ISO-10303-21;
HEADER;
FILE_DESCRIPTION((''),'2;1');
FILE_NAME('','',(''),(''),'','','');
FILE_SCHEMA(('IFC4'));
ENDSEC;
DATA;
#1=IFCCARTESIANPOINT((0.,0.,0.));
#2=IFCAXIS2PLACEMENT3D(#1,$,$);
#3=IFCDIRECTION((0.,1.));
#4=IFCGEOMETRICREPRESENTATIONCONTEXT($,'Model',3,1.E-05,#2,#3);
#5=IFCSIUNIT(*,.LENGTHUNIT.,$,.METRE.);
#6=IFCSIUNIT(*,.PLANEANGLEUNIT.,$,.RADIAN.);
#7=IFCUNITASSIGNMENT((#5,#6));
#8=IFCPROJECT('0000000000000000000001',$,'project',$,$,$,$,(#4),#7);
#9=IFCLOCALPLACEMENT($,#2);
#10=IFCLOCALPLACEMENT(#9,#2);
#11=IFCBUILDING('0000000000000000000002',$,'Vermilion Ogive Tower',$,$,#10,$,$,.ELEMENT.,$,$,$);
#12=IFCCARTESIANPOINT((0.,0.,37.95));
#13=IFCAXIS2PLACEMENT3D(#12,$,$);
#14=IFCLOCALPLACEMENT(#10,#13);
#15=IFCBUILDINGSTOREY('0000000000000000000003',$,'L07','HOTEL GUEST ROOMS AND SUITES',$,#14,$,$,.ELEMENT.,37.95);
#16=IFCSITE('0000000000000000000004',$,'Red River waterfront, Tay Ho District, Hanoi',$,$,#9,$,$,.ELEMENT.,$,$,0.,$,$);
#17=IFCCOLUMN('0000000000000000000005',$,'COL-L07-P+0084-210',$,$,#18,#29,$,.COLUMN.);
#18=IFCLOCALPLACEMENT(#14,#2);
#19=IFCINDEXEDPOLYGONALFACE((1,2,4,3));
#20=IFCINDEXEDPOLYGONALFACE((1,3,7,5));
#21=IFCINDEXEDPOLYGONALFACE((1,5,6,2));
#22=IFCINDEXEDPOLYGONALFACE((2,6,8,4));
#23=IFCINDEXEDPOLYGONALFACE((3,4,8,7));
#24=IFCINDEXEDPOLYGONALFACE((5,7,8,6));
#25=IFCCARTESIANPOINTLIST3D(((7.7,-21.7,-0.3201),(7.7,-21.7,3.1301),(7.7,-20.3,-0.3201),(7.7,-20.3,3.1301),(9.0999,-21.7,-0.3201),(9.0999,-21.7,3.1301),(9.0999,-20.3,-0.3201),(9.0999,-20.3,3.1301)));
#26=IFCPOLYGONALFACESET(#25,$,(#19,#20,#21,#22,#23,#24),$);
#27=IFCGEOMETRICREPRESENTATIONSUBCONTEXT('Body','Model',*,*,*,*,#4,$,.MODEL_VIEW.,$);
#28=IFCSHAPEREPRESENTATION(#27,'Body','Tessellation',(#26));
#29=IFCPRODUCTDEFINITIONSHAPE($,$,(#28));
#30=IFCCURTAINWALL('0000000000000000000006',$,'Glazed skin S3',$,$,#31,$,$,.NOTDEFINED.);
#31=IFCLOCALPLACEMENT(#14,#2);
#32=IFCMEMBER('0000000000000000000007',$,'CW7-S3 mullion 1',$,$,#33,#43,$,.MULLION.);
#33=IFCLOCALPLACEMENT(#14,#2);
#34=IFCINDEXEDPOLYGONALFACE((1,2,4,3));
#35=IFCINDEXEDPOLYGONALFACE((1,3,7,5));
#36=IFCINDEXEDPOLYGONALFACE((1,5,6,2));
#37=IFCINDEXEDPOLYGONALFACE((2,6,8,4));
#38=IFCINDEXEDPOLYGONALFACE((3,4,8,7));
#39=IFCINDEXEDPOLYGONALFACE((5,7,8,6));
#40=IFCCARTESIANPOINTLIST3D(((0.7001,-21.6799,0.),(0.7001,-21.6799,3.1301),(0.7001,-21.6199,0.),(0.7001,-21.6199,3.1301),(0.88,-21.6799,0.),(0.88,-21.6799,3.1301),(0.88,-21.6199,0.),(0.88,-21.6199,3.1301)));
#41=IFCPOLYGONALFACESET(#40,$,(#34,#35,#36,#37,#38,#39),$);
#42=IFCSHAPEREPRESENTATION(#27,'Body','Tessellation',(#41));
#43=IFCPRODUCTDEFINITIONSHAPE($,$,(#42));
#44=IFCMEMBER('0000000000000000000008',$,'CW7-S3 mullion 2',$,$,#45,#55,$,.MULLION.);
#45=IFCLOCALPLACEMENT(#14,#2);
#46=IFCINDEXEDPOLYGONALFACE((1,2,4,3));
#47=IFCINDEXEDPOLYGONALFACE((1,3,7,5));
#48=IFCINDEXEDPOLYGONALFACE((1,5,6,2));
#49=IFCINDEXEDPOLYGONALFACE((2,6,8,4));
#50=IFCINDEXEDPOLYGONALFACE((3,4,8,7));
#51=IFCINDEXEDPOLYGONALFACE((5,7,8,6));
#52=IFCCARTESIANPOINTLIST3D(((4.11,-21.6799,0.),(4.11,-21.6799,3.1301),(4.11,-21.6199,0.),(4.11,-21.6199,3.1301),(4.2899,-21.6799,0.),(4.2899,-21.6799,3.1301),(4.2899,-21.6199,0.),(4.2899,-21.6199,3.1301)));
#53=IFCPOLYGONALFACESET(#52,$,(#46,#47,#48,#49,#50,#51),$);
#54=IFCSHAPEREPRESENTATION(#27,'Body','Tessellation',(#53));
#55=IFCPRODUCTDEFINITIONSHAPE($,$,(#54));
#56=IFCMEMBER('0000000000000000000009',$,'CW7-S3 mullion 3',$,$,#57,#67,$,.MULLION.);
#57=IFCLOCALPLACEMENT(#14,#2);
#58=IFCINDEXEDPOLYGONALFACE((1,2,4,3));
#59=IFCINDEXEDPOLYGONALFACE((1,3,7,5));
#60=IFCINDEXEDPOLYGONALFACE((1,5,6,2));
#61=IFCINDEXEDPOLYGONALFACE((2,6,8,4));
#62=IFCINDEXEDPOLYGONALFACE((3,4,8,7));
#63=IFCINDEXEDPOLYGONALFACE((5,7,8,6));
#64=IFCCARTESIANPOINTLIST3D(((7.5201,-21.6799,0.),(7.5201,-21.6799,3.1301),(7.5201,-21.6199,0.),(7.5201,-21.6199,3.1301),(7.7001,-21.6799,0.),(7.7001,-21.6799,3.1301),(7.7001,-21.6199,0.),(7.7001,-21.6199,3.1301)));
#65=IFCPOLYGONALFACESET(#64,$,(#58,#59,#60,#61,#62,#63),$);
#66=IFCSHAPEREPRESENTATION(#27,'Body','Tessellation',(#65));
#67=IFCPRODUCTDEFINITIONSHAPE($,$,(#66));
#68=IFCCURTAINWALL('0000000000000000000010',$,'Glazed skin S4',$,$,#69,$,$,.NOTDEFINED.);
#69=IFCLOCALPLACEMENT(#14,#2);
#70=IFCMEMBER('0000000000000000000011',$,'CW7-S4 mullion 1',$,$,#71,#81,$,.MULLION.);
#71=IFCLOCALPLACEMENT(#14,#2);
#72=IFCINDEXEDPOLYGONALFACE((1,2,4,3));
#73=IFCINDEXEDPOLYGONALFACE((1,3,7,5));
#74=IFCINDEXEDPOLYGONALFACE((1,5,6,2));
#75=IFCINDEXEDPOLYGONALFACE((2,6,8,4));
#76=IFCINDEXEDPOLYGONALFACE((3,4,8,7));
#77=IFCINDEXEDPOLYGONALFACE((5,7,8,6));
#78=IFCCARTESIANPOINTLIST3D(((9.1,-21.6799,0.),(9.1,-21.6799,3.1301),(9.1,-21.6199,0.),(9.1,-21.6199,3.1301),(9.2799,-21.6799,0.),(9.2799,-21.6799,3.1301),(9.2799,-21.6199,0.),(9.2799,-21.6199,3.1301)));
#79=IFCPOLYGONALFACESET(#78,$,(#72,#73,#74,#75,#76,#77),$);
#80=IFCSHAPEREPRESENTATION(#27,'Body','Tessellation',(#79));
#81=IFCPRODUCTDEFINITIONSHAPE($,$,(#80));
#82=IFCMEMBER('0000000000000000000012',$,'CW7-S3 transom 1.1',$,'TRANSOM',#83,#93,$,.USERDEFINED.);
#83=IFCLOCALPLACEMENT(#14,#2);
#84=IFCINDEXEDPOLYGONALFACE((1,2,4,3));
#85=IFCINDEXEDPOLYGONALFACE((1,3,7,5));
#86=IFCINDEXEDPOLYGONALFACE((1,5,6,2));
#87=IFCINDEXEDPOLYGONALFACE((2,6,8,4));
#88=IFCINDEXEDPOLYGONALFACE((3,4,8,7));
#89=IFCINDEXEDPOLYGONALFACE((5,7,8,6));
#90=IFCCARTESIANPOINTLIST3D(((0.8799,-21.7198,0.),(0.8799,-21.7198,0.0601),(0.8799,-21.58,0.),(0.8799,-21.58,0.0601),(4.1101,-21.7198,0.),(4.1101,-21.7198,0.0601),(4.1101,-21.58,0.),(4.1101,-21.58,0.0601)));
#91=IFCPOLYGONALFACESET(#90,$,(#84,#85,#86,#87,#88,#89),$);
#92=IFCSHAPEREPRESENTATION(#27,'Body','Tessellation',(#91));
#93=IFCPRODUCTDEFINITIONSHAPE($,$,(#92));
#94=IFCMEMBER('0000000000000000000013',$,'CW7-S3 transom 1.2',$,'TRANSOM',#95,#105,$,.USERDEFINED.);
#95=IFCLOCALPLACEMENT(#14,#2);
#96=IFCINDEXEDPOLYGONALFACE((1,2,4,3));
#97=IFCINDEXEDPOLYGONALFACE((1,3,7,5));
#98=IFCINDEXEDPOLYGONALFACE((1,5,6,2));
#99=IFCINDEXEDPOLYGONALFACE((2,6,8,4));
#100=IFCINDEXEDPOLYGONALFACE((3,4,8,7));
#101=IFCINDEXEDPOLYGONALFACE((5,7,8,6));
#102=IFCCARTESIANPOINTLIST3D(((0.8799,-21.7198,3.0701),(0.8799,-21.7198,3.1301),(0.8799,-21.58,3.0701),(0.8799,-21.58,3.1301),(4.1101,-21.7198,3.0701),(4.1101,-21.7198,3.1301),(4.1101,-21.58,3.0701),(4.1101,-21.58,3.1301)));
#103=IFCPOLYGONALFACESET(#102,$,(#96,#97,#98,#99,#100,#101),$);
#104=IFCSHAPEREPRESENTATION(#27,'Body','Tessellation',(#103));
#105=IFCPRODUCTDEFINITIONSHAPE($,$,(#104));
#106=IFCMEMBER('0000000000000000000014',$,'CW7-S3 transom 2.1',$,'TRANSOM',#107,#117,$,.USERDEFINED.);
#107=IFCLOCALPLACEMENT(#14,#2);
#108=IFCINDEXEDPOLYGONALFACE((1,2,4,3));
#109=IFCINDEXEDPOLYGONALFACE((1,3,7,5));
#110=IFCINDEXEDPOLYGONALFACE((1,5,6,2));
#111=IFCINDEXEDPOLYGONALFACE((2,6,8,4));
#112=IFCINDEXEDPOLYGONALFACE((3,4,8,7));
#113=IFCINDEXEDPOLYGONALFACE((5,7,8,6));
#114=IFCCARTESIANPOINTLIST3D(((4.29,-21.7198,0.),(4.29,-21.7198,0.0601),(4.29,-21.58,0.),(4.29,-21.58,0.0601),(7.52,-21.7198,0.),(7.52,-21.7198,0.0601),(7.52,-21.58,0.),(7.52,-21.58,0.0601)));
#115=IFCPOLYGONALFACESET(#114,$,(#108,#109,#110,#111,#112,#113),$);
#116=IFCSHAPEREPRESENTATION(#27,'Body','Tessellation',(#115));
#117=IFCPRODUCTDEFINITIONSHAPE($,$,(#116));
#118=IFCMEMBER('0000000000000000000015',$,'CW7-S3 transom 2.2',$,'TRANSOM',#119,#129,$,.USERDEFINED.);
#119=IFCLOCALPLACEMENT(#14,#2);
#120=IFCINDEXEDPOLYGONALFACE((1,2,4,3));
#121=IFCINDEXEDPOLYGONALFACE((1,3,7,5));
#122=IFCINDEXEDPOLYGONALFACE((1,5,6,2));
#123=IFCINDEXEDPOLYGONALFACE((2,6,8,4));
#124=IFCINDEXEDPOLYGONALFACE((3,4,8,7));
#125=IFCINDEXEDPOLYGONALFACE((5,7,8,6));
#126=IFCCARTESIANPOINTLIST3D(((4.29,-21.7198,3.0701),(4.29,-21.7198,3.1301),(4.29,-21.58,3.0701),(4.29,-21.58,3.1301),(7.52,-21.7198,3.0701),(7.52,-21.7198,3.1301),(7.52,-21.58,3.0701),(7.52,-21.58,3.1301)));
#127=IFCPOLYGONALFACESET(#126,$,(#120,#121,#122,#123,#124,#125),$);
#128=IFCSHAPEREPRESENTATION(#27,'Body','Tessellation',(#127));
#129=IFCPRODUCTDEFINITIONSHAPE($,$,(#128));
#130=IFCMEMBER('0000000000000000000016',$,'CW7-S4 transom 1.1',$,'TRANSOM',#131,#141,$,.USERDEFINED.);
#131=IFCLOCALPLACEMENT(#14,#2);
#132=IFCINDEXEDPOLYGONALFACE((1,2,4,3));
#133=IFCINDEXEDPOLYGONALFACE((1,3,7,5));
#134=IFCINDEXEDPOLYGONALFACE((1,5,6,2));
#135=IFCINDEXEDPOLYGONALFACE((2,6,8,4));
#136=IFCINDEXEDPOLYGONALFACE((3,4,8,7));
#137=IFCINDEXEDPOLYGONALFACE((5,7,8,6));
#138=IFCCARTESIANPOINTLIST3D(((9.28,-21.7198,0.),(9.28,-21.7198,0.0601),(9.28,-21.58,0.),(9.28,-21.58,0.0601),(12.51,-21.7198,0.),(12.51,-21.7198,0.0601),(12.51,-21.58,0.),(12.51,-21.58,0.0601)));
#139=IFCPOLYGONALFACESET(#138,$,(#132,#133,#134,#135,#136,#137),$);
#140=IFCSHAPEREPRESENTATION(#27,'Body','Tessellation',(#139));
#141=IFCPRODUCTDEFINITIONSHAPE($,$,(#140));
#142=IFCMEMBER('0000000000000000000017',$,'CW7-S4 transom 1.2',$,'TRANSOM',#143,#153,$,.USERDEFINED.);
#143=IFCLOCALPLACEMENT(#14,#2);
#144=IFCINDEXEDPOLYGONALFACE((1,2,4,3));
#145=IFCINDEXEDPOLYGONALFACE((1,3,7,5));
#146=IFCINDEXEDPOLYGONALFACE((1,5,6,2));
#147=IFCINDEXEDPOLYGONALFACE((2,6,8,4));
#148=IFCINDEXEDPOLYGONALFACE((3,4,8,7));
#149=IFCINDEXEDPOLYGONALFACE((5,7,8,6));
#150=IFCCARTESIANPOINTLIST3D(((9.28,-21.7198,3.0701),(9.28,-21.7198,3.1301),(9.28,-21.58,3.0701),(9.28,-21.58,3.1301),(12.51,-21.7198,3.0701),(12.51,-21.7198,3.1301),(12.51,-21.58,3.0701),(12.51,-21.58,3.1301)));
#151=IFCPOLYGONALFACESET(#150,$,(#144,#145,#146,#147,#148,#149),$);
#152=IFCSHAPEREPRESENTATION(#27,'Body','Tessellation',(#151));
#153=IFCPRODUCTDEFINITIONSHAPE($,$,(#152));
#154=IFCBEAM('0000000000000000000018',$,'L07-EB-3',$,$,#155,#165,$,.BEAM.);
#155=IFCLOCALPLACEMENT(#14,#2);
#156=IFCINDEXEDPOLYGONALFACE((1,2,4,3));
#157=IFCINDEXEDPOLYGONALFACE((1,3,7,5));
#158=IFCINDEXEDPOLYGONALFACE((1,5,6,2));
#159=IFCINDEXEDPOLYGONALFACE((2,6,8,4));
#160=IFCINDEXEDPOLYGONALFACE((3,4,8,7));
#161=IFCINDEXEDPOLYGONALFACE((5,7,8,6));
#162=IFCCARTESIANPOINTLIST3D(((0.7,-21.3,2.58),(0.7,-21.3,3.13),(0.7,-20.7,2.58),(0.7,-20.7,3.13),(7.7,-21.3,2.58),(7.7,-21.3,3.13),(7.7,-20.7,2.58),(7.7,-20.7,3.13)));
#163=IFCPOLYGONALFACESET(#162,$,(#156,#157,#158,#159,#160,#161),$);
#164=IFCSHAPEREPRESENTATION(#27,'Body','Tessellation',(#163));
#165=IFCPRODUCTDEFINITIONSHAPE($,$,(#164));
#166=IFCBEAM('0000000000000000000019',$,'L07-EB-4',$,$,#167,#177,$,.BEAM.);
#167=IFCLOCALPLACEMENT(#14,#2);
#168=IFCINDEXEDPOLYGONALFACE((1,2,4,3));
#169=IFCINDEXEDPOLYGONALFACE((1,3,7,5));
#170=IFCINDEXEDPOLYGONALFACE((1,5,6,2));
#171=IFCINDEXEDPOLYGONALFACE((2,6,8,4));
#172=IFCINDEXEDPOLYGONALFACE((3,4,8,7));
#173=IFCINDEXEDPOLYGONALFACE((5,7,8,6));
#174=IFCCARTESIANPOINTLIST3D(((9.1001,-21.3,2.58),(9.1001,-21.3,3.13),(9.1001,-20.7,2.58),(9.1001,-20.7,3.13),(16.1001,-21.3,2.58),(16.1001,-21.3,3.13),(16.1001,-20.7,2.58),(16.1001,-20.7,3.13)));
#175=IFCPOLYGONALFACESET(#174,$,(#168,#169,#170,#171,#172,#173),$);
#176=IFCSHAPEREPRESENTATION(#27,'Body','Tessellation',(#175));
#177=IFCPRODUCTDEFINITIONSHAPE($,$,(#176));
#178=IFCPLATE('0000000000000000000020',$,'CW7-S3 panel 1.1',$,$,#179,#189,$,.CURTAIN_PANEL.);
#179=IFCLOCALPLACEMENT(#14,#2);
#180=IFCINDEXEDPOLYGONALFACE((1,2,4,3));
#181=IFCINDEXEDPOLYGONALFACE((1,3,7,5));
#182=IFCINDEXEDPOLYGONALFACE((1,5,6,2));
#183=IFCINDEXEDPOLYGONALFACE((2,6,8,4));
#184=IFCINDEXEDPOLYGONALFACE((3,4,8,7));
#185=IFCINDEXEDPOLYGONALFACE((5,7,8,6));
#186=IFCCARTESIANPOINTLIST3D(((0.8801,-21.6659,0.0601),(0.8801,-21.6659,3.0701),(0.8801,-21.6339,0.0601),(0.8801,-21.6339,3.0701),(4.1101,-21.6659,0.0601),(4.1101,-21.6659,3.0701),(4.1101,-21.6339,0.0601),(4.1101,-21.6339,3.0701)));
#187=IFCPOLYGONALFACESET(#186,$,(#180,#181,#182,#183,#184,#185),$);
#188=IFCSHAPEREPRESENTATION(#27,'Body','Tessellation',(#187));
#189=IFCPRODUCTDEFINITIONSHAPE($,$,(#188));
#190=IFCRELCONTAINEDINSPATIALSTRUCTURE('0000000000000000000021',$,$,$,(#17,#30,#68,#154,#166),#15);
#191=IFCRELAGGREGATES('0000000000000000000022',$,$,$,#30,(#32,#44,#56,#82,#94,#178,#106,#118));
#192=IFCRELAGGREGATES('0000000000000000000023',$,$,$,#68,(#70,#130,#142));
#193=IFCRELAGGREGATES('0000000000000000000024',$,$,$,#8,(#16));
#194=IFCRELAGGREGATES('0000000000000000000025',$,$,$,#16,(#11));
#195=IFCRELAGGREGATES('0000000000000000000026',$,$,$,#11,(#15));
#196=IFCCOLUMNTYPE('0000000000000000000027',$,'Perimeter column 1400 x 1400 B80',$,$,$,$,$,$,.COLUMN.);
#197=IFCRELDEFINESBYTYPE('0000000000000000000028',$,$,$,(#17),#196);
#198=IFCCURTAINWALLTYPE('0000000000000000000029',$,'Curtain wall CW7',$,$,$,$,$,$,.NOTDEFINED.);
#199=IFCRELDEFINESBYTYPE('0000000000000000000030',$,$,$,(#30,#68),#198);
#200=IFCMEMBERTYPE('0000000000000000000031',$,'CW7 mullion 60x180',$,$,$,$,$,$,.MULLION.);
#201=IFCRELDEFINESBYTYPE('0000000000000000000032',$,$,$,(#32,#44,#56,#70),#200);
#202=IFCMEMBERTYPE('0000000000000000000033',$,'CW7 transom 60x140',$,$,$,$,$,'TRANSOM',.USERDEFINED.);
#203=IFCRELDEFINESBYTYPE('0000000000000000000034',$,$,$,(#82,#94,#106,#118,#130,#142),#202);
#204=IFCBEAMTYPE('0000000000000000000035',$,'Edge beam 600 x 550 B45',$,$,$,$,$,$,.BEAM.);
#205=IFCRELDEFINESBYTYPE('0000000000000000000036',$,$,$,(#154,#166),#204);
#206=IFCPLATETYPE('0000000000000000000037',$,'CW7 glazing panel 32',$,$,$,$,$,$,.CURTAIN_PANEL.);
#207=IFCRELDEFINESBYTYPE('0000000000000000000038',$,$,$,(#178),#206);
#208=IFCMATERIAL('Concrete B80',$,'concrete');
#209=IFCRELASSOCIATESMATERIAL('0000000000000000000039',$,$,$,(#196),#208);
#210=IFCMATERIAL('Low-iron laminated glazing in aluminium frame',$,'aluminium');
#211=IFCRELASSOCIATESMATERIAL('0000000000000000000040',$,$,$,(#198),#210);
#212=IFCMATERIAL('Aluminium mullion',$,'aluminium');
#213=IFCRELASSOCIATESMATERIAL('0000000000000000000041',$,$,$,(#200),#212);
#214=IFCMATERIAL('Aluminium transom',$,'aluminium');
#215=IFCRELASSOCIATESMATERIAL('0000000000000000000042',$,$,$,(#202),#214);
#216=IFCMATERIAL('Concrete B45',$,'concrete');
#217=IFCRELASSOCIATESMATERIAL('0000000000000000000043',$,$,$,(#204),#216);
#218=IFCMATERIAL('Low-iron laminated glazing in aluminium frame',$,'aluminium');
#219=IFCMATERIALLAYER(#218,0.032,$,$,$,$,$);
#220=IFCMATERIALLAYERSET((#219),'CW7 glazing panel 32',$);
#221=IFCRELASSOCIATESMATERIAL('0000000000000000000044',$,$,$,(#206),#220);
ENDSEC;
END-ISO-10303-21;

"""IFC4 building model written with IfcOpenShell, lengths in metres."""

from ifc_helpers import new_model, si_unit, direction, frame, origin, origin_2d, place, context, subcontext, project, spatial, rectangle, extrude, material, layer, layer_set, material_profile, profile_set, type_object, element, aggregate, save


model = new_model("IFC4")

# Units and contexts
model_context = context("Model", 3, precision=1e-05, world=origin(), true_north=direction((0.0, 1.0)))
body_context = subcontext(model_context, "Body", "Model", "MODEL_VIEW")
ifc_project = project(units=[si_unit("LENGTHUNIT", "METRE"), si_unit("PLANEANGLEUNIT", "RADIAN")], contexts=[model_context])

# Site, building, storey
site_placement = place(None, origin())
site = spatial("IfcSite", under=ifc_project, at=site_placement, Name="Red River waterfront, Tay Ho District, Hanoi", CompositionType="ELEMENT", RefElevation=0.0)
building_placement = place(site_placement, origin())
building = spatial("IfcBuilding", under=site, at=building_placement, Name="Vermilion Ogive Tower", CompositionType="ELEMENT")
storey_placement = place(building_placement, frame((0.0, 0.0, 37.95)))
storey = spatial("IfcBuildingStorey", under=building, at=storey_placement, Name="L07", Description="HOTEL GUEST ROOMS AND SUITES", CompositionType="ELEMENT", Elevation=37.95)

# Column
ifc_material_1 = material(Name="Concrete B80", Category="concrete")
ifc_material_profile_1 = material_profile(ifc_material_1, rectangle(XDim=1.3999, YDim=1.3999, at=origin_2d()), Name="1400 x 1400")
ifc_profile_set_1 = profile_set([ifc_material_profile_1], Name="Concrete B80")
column_type = type_object("IfcColumnType", Name="Perimeter column 1400 x 1400 B80", PredefinedType="COLUMN", material=ifc_profile_set_1)
column_placement = place(storey_placement, frame((8.3999, -21.0, -0.3201), z_axis=(0.0, 0.0, 1.0), x_axis=(1.0, 0.0, 0.0)))
element("IfcColumn", 1, at=column_placement, inside=storey, type_object=column_type, Name="COL-L07-P+0084-210", PredefinedType="COLUMN", context=body_context, shape_type="SweptSolid", body=[
    extrude(rectangle(XDim=1.3999, YDim=1.3999, at=origin_2d()), origin(), (0.0, 0.0, 1.0), 3.4502),
])

# Curtain wall, members
ifc_material_2 = material(Name="Low-iron laminated glazing in aluminium frame", Category="aluminium")
curtain_wall_type = type_object("IfcCurtainWallType", Name="Curtain wall CW7", PredefinedType="NOTDEFINED", material=ifc_material_2)
curtain_wall_1_placement = place(storey_placement, origin())
curtain_wall_1 = element("IfcCurtainWall", 2, at=curtain_wall_1_placement, inside=storey, type_object=curtain_wall_type, Name="Glazed skin S3", PredefinedType="NOTDEFINED")
ifc_material_3 = material(Name="Aluminium mullion", Category="aluminium")
ifc_material_profile_2 = material_profile(ifc_material_3, rectangle(XDim=0.0601, YDim=0.1799, at=origin_2d()), Name="AL 60x180")
ifc_profile_set_2 = profile_set([ifc_material_profile_2], Name="Aluminium mullion")
member_type_1 = type_object("IfcMemberType", Name="CW7 mullion 60x180", PredefinedType="MULLION", material=ifc_profile_set_2)
member_1_placement = place(storey_placement, frame((0.79, -21.6499, 0.0), z_axis=(0.0, 0.0, 1.0), x_axis=(0.0, 1.0, 0.0)))
member_1 = element("IfcMember", 3, at=member_1_placement, type_object=member_type_1, Name="CW7-S3 mullion 1", PredefinedType="MULLION", context=body_context, shape_type="SweptSolid", body=[
    extrude(rectangle(XDim=0.0601, YDim=0.1799, at=origin_2d()), origin(), (0.0, 0.0, 1.0), 3.1301),
])
member_2_placement = place(storey_placement, frame((4.2, -21.6499, 0.0), z_axis=(0.0, 0.0, 1.0), x_axis=(0.0, 1.0, 0.0)))
member_2 = element("IfcMember", 4, at=member_2_placement, type_object=member_type_1, Name="CW7-S3 mullion 2", PredefinedType="MULLION", context=body_context, shape_type="SweptSolid", body=[
    extrude(rectangle(XDim=0.0601, YDim=0.1799, at=origin_2d()), origin(), (0.0, 0.0, 1.0), 3.1301),
])
member_3_placement = place(storey_placement, frame((7.6101, -21.6499, 0.0), z_axis=(0.0, 0.0, 1.0), x_axis=(0.0, 1.0, 0.0)))
member_3 = element("IfcMember", 5, at=member_3_placement, type_object=member_type_1, Name="CW7-S3 mullion 3", PredefinedType="MULLION", context=body_context, shape_type="SweptSolid", body=[
    extrude(rectangle(XDim=0.0601, YDim=0.1799, at=origin_2d()), origin(), (0.0, 0.0, 1.0), 3.1301),
])

# Curtain wall, member
curtain_wall_2_placement = place(storey_placement, origin())
curtain_wall_2 = element("IfcCurtainWall", 6, at=curtain_wall_2_placement, inside=storey, type_object=curtain_wall_type, Name="Glazed skin S4", PredefinedType="NOTDEFINED")
member_4_placement = place(storey_placement, frame((9.1899, -21.6499, 0.0), z_axis=(0.0, 0.0, 1.0), x_axis=(0.0, 1.0, 0.0)))
member_4 = element("IfcMember", 7, at=member_4_placement, type_object=member_type_1, Name="CW7-S4 mullion 1", PredefinedType="MULLION", context=body_context, shape_type="SweptSolid", body=[
    extrude(rectangle(XDim=0.0601, YDim=0.1799, at=origin_2d()), origin(), (0.0, 0.0, 1.0), 3.1301),
])

# Members
ifc_material_4 = material(Name="Aluminium transom", Category="aluminium")
ifc_material_profile_3 = material_profile(ifc_material_4, rectangle(XDim=0.1399, YDim=0.0601, at=origin_2d()), Name="AL 60x140")
ifc_profile_set_3 = profile_set([ifc_material_profile_3], Name="Aluminium transom")
member_type_2 = type_object("IfcMemberType", Name="CW7 transom 60x140", ElementType="TRANSOM", PredefinedType="USERDEFINED", material=ifc_profile_set_3)
member_5_placement = place(storey_placement, frame((0.8799, -21.6499, 0.03), z_axis=(1.0, 0.0, 0.0), x_axis=(0.0, 1.0, 0.0)))
member_5 = element("IfcMember", 8, at=member_5_placement, type_object=member_type_2, Name="CW7-S3 transom 1.1", ObjectType="TRANSOM", PredefinedType="USERDEFINED", context=body_context, shape_type="SweptSolid", body=[
    extrude(rectangle(XDim=0.1399, YDim=0.0601, at=origin_2d()), origin(), (0.0, 0.0, 1.0), 3.2302),
])
member_6_placement = place(storey_placement, frame((0.8799, -21.6499, 3.1001), z_axis=(1.0, 0.0, 0.0), x_axis=(0.0, 1.0, 0.0)))
member_6 = element("IfcMember", 9, at=member_6_placement, type_object=member_type_2, Name="CW7-S3 transom 1.2", ObjectType="TRANSOM", PredefinedType="USERDEFINED", context=body_context, shape_type="SweptSolid", body=[
    extrude(rectangle(XDim=0.1399, YDim=0.0601, at=origin_2d()), origin(), (0.0, 0.0, 1.0), 3.2302),
])
member_7_placement = place(storey_placement, frame((4.29, -21.6499, 0.03), z_axis=(1.0, 0.0, 0.0), x_axis=(0.0, 1.0, 0.0)))
member_7 = element("IfcMember", 10, at=member_7_placement, type_object=member_type_2, Name="CW7-S3 transom 2.1", ObjectType="TRANSOM", PredefinedType="USERDEFINED", context=body_context, shape_type="SweptSolid", body=[
    extrude(rectangle(XDim=0.1399, YDim=0.0601, at=origin_2d()), origin(), (0.0, 0.0, 1.0), 3.23),
])
member_8_placement = place(storey_placement, frame((4.29, -21.6499, 3.1001), z_axis=(1.0, 0.0, 0.0), x_axis=(0.0, 1.0, 0.0)))
member_8 = element("IfcMember", 11, at=member_8_placement, type_object=member_type_2, Name="CW7-S3 transom 2.2", ObjectType="TRANSOM", PredefinedType="USERDEFINED", context=body_context, shape_type="SweptSolid", body=[
    extrude(rectangle(XDim=0.1399, YDim=0.0601, at=origin_2d()), origin(), (0.0, 0.0, 1.0), 3.23),
])
member_9_placement = place(storey_placement, frame((9.28, -21.6499, 0.03), z_axis=(1.0, 0.0, 0.0), x_axis=(0.0, 1.0, 0.0)))
member_9 = element("IfcMember", 12, at=member_9_placement, type_object=member_type_2, Name="CW7-S4 transom 1.1", ObjectType="TRANSOM", PredefinedType="USERDEFINED", context=body_context, shape_type="SweptSolid", body=[
    extrude(rectangle(XDim=0.1399, YDim=0.0601, at=origin_2d()), origin(), (0.0, 0.0, 1.0), 3.23),
])
member_10_placement = place(storey_placement, frame((9.28, -21.6499, 3.1001), z_axis=(1.0, 0.0, 0.0), x_axis=(0.0, 1.0, 0.0)))
member_10 = element("IfcMember", 13, at=member_10_placement, type_object=member_type_2, Name="CW7-S4 transom 1.2", ObjectType="TRANSOM", PredefinedType="USERDEFINED", context=body_context, shape_type="SweptSolid", body=[
    extrude(rectangle(XDim=0.1399, YDim=0.0601, at=origin_2d()), origin(), (0.0, 0.0, 1.0), 3.23),
])

# Beams
ifc_material_5 = material(Name="Concrete B45", Category="concrete")
ifc_material_profile_4 = material_profile(ifc_material_5, rectangle(XDim=0.6001, YDim=0.55, at=origin_2d()), Name="600 x 550")
ifc_profile_set_4 = profile_set([ifc_material_profile_4], Name="Concrete B45")
beam_type = type_object("IfcBeamType", Name="Edge beam 600 x 550 B45", PredefinedType="BEAM", material=ifc_profile_set_4)
for number, where, z_axis, x_axis, name in (
    (14, (0.7, -21.0, 2.855), (1.0, 0.0, 0.0), (0.0, 1.0, 0.0), "L07-EB-3"),
    (15, (9.1001, -21.0, 2.855), (1.0, 0.0, 0.0), (0.0, 1.0, 0.0), "L07-EB-4"),
):
    element("IfcBeam", number, at=place(storey_placement, frame(where, z_axis=z_axis, x_axis=x_axis)), inside=storey, type_object=beam_type, Name=name, PredefinedType="BEAM", context=body_context, shape_type="SweptSolid", body=[
        extrude(rectangle(XDim=0.6001, YDim=0.55, at=origin_2d()), origin(), (0.0, 0.0, 1.0), 7.0),
    ])

# Plate
ifc_material_6 = material(Name="Low-iron laminated glazing in aluminium frame", Category="aluminium")
ifc_layer_1 = layer(ifc_material_6, 0.032)
ifc_layer_set_1 = layer_set([ifc_layer_1], Name="CW7 glazing panel 32")
plate_type = type_object("IfcPlateType", Name="CW7 glazing panel 32", PredefinedType="CURTAIN_PANEL", material=ifc_layer_set_1)
plate_1_placement = place(storey_placement, frame((2.4951, -21.6499, 0.0601), z_axis=(0.0, 0.0, 1.0), x_axis=(1.0, 0.0, 0.0)))
plate_1 = element("IfcPlate", 16, at=plate_1_placement, type_object=plate_type, Name="CW7-S3 panel 1.1", PredefinedType="CURTAIN_PANEL", context=body_context, shape_type="SweptSolid", body=[
    extrude(rectangle(XDim=3.23, YDim=0.032, at=origin_2d()), origin(), (0.0, 0.0, 1.0), 3.01),
])
aggregate(curtain_wall_1, [member_1, member_2, member_3, member_5, member_6, plate_1, member_7, member_8])
aggregate(curtain_wall_2, [member_4, member_9, member_10])

save(model, "model.ifc")
